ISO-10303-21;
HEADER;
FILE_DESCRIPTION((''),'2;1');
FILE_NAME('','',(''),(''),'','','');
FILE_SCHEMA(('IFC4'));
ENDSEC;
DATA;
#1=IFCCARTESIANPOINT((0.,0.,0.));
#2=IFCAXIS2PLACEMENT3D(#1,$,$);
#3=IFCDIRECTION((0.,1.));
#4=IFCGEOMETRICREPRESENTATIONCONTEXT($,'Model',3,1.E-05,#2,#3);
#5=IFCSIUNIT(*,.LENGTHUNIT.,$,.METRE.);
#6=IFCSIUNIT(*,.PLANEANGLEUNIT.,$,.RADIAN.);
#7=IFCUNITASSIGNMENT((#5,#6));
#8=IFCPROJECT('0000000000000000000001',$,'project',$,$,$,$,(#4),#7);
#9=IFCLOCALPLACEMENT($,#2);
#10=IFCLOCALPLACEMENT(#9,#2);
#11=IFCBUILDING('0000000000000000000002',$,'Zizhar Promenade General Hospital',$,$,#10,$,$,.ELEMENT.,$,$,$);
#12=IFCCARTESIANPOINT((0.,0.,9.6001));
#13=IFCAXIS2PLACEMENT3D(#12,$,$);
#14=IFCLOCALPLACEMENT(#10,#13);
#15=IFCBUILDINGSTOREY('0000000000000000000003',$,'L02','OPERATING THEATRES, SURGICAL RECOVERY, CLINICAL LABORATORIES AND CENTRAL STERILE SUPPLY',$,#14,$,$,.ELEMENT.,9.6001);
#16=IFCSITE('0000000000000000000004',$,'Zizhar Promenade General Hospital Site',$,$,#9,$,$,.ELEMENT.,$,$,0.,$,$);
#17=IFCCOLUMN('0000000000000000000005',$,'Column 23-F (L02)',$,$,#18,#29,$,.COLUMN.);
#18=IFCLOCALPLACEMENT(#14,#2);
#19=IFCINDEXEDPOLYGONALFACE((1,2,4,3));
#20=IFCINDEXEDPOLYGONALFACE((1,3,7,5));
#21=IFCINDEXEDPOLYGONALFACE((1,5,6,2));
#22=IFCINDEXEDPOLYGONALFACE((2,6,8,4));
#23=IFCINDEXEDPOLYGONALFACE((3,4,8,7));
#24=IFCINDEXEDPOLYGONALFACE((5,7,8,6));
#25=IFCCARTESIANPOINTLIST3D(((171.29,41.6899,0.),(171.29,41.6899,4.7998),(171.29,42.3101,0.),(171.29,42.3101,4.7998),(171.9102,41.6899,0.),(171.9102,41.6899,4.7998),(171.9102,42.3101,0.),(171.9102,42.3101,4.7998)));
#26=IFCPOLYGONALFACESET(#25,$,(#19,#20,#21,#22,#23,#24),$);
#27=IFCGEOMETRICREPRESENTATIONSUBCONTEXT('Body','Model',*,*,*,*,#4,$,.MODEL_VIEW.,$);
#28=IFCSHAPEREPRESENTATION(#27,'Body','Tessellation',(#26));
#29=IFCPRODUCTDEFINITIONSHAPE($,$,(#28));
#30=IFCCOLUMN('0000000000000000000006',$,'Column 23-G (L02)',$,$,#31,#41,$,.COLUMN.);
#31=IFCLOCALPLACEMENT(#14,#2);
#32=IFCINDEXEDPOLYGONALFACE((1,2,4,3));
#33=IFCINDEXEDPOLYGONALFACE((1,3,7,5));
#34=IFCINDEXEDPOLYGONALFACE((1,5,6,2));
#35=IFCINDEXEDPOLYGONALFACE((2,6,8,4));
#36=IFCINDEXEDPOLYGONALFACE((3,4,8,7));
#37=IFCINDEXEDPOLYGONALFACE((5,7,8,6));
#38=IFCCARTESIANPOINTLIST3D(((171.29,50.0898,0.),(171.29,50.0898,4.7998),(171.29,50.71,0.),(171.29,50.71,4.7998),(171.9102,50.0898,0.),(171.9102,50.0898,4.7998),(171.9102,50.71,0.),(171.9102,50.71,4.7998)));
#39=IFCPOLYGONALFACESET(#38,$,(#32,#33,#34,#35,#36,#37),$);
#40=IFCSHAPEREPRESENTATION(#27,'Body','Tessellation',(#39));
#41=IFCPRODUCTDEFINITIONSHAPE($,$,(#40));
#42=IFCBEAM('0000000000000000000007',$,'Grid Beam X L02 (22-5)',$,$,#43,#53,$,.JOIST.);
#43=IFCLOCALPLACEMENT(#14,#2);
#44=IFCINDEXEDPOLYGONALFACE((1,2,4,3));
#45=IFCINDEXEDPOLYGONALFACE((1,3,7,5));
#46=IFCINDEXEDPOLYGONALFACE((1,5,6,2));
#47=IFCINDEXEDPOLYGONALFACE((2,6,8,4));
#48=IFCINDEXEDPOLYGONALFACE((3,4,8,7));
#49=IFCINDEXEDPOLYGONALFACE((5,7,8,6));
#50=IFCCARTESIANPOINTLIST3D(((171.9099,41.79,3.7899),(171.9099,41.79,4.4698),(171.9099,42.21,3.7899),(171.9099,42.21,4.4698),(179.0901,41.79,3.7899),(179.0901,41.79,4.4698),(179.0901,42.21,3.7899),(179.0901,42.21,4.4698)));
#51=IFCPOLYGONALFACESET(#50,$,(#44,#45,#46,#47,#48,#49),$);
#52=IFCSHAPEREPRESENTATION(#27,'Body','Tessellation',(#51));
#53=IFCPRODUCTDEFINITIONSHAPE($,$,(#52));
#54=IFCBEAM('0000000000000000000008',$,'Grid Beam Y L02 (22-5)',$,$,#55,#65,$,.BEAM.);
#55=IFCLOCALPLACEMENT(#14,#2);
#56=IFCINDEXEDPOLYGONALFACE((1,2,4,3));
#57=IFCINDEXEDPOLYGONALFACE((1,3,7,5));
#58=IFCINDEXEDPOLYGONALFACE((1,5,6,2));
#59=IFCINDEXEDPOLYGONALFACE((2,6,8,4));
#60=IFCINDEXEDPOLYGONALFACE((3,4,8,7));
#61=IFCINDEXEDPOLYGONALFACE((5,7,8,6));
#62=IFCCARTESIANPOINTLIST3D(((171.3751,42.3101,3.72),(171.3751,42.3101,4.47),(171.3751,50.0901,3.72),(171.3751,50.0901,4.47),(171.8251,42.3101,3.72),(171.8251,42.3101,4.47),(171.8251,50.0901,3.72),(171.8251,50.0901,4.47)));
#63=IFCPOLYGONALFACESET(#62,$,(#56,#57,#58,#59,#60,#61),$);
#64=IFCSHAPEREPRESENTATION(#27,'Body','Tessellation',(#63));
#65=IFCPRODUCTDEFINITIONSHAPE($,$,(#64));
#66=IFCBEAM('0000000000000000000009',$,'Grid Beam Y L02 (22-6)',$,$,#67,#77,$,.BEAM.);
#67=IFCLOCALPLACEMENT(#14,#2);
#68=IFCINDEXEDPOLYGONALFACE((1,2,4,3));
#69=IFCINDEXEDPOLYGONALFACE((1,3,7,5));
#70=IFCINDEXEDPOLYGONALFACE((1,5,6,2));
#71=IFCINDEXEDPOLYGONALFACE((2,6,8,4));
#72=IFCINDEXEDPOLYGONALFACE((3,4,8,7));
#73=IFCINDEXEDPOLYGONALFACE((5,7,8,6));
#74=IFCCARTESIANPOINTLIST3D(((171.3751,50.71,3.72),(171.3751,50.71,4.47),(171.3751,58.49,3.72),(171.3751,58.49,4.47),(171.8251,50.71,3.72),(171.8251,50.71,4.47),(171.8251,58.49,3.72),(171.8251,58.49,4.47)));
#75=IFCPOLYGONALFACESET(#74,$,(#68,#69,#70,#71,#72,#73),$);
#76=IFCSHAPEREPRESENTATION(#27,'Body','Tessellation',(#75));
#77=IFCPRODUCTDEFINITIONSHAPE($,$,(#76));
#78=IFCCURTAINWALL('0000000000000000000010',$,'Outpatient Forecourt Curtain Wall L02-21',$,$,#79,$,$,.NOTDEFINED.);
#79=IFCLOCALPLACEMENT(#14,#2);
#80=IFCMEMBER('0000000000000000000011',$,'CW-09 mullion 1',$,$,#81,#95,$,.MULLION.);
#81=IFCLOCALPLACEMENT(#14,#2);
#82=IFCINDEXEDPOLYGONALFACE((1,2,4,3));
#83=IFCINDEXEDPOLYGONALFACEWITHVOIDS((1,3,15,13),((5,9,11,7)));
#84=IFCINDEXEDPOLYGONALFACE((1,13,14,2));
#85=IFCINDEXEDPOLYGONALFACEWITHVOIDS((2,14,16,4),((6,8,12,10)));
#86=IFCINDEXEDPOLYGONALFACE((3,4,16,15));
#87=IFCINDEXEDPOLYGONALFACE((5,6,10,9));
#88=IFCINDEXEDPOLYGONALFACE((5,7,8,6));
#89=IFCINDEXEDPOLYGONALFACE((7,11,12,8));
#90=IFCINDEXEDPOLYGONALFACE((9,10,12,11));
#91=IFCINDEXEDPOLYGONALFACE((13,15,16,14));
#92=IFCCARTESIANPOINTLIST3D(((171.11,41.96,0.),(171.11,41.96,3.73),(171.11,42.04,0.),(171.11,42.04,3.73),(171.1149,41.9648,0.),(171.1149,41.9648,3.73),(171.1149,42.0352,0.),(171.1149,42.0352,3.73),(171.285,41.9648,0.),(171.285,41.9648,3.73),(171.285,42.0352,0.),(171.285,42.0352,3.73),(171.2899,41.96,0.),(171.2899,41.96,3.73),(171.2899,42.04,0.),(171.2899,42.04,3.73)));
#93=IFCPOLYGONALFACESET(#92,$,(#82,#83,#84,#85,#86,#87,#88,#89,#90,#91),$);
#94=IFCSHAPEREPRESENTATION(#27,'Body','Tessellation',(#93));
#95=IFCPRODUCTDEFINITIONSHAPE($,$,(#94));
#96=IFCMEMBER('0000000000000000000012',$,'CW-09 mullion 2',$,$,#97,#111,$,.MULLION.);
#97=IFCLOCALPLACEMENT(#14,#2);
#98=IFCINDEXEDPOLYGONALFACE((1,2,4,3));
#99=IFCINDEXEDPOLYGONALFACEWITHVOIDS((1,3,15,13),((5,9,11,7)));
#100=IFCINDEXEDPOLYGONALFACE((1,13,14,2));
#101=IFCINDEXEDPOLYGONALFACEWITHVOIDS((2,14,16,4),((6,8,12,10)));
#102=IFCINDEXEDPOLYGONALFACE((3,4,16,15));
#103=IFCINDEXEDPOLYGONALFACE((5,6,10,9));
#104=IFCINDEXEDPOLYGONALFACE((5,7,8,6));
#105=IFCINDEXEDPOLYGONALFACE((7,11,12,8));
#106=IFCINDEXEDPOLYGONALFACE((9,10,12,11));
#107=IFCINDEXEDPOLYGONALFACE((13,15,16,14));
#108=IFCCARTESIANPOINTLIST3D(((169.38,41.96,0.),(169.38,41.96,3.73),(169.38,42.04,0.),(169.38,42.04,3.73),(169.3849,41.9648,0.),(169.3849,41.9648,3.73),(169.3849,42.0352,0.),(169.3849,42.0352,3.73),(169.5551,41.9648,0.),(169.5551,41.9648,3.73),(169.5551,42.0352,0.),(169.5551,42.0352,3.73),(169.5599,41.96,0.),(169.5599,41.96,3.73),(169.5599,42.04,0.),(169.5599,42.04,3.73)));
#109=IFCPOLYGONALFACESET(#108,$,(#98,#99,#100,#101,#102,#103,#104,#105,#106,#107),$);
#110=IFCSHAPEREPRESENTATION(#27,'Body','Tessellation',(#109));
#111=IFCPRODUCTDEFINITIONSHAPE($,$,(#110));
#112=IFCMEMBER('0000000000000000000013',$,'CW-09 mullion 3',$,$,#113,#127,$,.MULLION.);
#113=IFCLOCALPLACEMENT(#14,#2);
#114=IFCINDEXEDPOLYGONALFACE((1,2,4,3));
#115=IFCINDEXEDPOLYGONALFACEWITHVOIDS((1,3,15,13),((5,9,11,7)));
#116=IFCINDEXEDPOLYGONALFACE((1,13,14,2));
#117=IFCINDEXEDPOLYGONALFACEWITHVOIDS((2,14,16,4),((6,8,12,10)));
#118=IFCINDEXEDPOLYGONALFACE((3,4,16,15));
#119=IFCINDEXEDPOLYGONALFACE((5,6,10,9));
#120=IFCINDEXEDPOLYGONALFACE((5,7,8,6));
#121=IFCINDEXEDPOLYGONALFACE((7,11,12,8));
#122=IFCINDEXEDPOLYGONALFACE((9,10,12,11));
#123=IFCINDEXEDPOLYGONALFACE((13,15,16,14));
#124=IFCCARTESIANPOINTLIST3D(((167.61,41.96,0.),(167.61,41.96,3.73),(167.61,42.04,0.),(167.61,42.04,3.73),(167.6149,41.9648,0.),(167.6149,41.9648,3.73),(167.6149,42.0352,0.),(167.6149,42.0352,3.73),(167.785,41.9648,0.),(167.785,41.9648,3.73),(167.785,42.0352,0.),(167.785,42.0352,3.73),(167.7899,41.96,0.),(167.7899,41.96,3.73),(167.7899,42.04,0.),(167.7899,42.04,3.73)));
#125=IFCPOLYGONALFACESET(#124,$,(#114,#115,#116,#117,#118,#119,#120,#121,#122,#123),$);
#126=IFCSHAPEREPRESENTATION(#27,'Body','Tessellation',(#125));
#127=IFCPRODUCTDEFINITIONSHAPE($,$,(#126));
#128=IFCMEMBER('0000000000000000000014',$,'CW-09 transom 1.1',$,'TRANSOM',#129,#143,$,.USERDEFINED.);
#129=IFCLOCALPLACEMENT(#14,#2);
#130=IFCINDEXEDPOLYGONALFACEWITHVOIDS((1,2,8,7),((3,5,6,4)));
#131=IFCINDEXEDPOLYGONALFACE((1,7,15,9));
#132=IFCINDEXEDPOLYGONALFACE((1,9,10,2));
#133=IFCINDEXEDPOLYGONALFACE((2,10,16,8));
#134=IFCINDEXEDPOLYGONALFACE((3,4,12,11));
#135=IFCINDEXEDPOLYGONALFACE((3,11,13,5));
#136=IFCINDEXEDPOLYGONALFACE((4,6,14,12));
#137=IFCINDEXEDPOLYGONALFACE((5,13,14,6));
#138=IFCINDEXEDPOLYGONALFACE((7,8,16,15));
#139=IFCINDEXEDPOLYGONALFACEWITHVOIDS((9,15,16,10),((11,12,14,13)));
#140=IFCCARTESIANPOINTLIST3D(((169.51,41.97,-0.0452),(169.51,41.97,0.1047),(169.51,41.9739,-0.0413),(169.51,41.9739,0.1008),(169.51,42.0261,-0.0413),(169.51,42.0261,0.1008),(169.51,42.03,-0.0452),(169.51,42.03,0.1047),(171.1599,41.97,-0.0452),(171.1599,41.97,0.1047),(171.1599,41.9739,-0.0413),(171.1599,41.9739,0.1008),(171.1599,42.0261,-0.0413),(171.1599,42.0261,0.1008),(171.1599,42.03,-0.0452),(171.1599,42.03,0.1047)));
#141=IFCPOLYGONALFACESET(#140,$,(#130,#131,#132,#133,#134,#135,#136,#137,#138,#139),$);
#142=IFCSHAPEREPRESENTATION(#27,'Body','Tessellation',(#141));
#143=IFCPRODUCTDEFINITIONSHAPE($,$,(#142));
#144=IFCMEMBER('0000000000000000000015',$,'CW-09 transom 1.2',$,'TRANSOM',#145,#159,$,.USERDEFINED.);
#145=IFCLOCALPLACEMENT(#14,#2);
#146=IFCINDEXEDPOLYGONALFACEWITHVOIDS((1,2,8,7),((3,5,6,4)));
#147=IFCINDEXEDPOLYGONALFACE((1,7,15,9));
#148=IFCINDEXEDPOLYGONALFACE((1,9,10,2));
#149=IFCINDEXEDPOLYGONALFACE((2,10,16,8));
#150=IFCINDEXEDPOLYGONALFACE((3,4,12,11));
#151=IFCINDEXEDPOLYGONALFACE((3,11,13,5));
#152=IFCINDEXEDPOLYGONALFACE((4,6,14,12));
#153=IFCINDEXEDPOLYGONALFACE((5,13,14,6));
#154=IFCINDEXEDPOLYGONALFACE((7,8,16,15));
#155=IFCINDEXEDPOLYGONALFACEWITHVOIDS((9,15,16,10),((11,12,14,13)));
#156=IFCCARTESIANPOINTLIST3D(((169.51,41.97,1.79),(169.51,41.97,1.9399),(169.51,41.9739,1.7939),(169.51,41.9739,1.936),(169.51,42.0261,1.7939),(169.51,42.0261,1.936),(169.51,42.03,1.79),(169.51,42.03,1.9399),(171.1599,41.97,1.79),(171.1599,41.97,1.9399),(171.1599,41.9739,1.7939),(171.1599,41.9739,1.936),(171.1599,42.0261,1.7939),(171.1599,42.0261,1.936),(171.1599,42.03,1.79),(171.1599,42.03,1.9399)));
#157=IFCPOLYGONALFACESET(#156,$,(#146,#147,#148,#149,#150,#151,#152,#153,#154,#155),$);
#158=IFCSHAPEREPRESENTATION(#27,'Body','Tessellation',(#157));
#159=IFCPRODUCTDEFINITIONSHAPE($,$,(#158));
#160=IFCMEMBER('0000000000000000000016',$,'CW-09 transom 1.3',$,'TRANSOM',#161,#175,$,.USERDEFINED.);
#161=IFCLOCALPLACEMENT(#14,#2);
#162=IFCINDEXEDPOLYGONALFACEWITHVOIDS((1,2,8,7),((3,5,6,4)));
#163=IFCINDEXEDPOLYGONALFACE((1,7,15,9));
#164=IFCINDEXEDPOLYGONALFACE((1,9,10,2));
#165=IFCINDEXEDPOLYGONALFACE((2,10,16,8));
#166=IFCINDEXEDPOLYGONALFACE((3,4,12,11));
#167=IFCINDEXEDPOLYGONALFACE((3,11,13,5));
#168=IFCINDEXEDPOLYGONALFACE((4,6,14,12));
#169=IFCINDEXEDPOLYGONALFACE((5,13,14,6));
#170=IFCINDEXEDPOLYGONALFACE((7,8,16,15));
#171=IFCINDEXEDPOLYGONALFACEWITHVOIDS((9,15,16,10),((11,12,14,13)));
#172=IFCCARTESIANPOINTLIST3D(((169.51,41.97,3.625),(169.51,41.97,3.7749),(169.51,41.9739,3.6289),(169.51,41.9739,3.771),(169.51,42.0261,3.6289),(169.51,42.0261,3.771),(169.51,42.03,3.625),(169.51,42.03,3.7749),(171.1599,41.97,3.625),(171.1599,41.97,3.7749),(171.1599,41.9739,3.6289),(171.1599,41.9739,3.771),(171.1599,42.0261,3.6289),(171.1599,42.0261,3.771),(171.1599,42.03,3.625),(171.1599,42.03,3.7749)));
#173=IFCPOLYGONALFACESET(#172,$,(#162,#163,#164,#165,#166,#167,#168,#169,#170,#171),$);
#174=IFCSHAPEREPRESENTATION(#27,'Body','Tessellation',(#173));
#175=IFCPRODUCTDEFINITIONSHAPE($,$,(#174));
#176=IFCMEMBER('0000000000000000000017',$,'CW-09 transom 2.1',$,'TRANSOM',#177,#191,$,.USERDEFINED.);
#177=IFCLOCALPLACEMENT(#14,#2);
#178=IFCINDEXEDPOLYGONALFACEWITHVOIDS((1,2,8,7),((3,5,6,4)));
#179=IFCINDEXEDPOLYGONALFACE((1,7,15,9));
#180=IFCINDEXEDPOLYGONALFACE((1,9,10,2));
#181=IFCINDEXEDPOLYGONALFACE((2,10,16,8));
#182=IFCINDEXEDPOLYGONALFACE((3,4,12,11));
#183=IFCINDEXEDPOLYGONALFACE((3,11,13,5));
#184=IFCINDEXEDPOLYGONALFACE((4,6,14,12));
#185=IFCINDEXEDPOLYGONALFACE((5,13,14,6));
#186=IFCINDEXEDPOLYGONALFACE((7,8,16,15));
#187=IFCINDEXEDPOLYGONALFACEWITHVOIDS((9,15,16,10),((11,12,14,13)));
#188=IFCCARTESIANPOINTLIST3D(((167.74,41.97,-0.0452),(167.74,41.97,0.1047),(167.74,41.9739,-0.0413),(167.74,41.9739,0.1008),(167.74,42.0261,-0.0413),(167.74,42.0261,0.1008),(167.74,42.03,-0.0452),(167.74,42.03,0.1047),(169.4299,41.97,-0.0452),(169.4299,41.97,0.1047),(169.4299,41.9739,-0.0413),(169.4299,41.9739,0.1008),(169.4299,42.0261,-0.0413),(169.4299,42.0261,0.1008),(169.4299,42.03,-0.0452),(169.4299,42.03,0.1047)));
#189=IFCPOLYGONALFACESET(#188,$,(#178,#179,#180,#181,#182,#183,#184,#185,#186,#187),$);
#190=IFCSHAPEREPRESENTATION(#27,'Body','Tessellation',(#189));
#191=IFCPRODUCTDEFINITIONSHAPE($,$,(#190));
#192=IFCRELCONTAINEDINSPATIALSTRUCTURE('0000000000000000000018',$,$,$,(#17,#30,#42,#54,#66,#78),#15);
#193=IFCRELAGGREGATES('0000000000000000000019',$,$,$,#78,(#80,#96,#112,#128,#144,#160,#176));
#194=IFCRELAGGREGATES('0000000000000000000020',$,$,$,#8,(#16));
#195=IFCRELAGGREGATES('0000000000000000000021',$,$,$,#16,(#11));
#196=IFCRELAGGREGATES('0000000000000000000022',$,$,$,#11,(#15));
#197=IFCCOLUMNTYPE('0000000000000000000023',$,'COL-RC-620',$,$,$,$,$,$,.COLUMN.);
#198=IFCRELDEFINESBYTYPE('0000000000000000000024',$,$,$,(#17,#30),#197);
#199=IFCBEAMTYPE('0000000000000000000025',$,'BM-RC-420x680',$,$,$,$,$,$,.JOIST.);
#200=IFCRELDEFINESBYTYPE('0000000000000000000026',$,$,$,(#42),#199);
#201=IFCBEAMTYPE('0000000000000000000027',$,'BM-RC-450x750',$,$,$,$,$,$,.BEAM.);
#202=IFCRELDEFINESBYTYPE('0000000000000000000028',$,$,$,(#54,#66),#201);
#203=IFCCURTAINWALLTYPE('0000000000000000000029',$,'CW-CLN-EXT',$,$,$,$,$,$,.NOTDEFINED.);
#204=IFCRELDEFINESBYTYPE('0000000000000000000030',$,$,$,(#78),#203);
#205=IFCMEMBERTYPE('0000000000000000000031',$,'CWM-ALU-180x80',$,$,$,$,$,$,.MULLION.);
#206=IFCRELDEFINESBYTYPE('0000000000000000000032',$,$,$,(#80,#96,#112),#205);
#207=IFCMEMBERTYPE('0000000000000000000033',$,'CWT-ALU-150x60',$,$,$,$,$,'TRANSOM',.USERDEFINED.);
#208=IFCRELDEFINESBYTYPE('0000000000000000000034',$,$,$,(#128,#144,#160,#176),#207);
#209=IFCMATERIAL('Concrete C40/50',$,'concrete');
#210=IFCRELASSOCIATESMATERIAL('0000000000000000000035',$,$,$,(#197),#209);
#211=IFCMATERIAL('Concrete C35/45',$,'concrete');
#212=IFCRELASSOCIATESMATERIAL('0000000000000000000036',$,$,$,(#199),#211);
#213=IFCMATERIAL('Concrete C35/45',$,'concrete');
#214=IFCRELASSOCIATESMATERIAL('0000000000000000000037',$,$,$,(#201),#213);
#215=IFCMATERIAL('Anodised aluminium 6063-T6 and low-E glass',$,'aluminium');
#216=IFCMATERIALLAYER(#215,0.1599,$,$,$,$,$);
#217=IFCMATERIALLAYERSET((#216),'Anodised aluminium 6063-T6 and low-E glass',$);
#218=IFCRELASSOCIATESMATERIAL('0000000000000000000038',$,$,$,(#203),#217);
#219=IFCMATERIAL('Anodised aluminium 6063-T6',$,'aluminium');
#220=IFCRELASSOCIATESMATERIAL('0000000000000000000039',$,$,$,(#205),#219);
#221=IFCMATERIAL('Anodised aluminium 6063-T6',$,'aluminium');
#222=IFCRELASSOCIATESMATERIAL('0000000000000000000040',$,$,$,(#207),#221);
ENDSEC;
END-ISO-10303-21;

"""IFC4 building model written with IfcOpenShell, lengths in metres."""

from ifc_helpers import new_model, si_unit, direction, frame, origin, origin_2d, place, context, subcontext, project, spatial, rectangle, hollow_rectangle, extrude, material, layer, layer_set, material_profile, profile_set, type_object, element, aggregate, save


model = new_model("IFC4")

# Units and contexts
model_context = context("Model", 3, precision=1e-05, world=origin(), true_north=direction((0.0, 1.0)))
body_context = subcontext(model_context, "Body", "Model", "MODEL_VIEW")
ifc_project = project(units=[si_unit("LENGTHUNIT", "METRE"), si_unit("PLANEANGLEUNIT", "RADIAN")], contexts=[model_context])

# Site, building, storey
site_placement = place(None, origin())
site = spatial("IfcSite", under=ifc_project, at=site_placement, Name="Zizhar Promenade General Hospital Site", CompositionType="ELEMENT", RefElevation=0.0)
building_placement = place(site_placement, origin())
building = spatial("IfcBuilding", under=site, at=building_placement, Name="Zizhar Promenade General Hospital", CompositionType="ELEMENT")
storey_placement = place(building_placement, frame((0.0, 0.0, 9.6001)))
storey = spatial("IfcBuildingStorey", under=building, at=storey_placement, Name="L02", Description="OPERATING THEATRES, SURGICAL RECOVERY, CLINICAL LABORATORIES AND CENTRAL STERILE SUPPLY", CompositionType="ELEMENT", Elevation=9.6001)

# Columns
ifc_material_1 = material(Name="Concrete C40/50", Category="concrete")
ifc_material_profile_1 = material_profile(ifc_material_1, rectangle(XDim=0.6201, YDim=0.6201, at=origin_2d()))
ifc_profile_set_1 = profile_set([ifc_material_profile_1], Name="Concrete C40/50")
column_type = type_object("IfcColumnType", Name="COL-RC-620", PredefinedType="COLUMN", material=ifc_profile_set_1)
for number, where, z_axis, x_axis, name in (
    (1, (171.6001, 42.0, 0.0), (0.0, 0.0, 1.0), (1.0, 0.0, 0.0), "Column 23-F (L02)"),
    (2, (171.6001, 50.3999, 0.0), (0.0, 0.0, 1.0), (1.0, 0.0, 0.0), "Column 23-G (L02)"),
):
    element("IfcColumn", number, at=place(storey_placement, frame(where, z_axis=z_axis, x_axis=x_axis)), inside=storey, type_object=column_type, Name=name, PredefinedType="COLUMN", context=body_context, shape_type="SweptSolid", body=[
        extrude(rectangle(XDim=0.6201, YDim=0.6201, at=origin_2d()), origin(), (0.0, 0.0, 1.0), 4.7998),
    ])

# Beams
ifc_material_2 = material(Name="Concrete C35/45", Category="concrete")
ifc_material_profile_2 = material_profile(ifc_material_2, rectangle(XDim=0.4199, YDim=0.6799, at=origin_2d()))
ifc_profile_set_2 = profile_set([ifc_material_profile_2], Name="Concrete C35/45")
beam_type_1 = type_object("IfcBeamType", Name="BM-RC-420x680", PredefinedType="JOIST", material=ifc_profile_set_2)
beam_placement = place(storey_placement, frame((171.9099, 42.0, 4.1299), z_axis=(1.0, 0.0, 0.0), x_axis=(0.0, 1.0, 0.0)))
element("IfcBeam", 3, at=beam_placement, inside=storey, type_object=beam_type_1, Name="Grid Beam X L02 (22-5)", PredefinedType="JOIST", context=body_context, shape_type="SweptSolid", body=[
    extrude(rectangle(XDim=0.4199, YDim=0.6799, at=origin_2d()), origin(), (0.0, 0.0, 1.0), 7.1802),
])
ifc_material_3 = material(Name="Concrete C35/45", Category="concrete")
ifc_material_profile_3 = material_profile(ifc_material_3, rectangle(XDim=0.45, YDim=0.75, at=origin_2d()))
ifc_profile_set_3 = profile_set([ifc_material_profile_3], Name="Concrete C35/45")
beam_type_2 = type_object("IfcBeamType", Name="BM-RC-450x750", PredefinedType="BEAM", material=ifc_profile_set_3)
for number, where, z_axis, x_axis, name in (
    (4, (171.6001, 42.3101, 4.095), (0.0, 1.0, 0.0), (-1.0, 0.0, 0.0), "Grid Beam Y L02 (22-5)"),
    (5, (171.6001, 50.71, 4.095), (0.0, 1.0, 0.0), (-1.0, 0.0, 0.0), "Grid Beam Y L02 (22-6)"),
):
    element("IfcBeam", number, at=place(storey_placement, frame(where, z_axis=z_axis, x_axis=x_axis)), inside=storey, type_object=beam_type_2, Name=name, PredefinedType="BEAM", context=body_context, shape_type="SweptSolid", body=[
        extrude(rectangle(XDim=0.45, YDim=0.75, at=origin_2d()), origin(), (0.0, 0.0, 1.0), 7.78),
    ])

# Curtain wall, members
ifc_material_4 = material(Name="Anodised aluminium 6063-T6 and low-E glass", Category="aluminium")
ifc_layer_1 = layer(ifc_material_4, 0.1599)
ifc_layer_set_1 = layer_set([ifc_layer_1], Name="Anodised aluminium 6063-T6 and low-E glass")
curtain_wall_type = type_object("IfcCurtainWallType", Name="CW-CLN-EXT", PredefinedType="NOTDEFINED", material=ifc_layer_set_1)
curtain_wall_placement = place(storey_placement, origin())
curtain_wall = element("IfcCurtainWall", 6, at=curtain_wall_placement, inside=storey, type_object=curtain_wall_type, Name="Outpatient Forecourt Curtain Wall L02-21", PredefinedType="NOTDEFINED")
ifc_material_5 = material(Name="Anodised aluminium 6063-T6", Category="aluminium")
ifc_material_profile_4 = material_profile(ifc_material_5, hollow_rectangle(XDim=0.0801, YDim=0.1799, WallThickness=0.0049, at=origin_2d()))
ifc_profile_set_4 = profile_set([ifc_material_profile_4], Name="Anodised aluminium 6063-T6")
member_type_1 = type_object("IfcMemberType", Name="CWM-ALU-180x80", PredefinedType="MULLION", material=ifc_profile_set_4)
member_1_placement = place(storey_placement, frame((171.2, 42.0, 0.0), z_axis=(0.0, 0.0, 1.0), x_axis=(0.0, -1.0, 0.0)))
member_1 = element("IfcMember", 7, at=member_1_placement, type_object=member_type_1, Name="CW-09 mullion 1", PredefinedType="MULLION", context=body_context, shape_type="SweptSolid", body=[
    extrude(hollow_rectangle(XDim=0.0801, YDim=0.1799, WallThickness=0.0049, at=origin_2d()), origin(), (0.0, 0.0, 1.0), 3.73),
])
member_2_placement = place(storey_placement, frame((169.47, 42.0, 0.0), z_axis=(0.0, 0.0, 1.0), x_axis=(0.0, -1.0, 0.0)))
member_2 = element("IfcMember", 8, at=member_2_placement, type_object=member_type_1, Name="CW-09 mullion 2", PredefinedType="MULLION", context=body_context, shape_type="SweptSolid", body=[
    extrude(hollow_rectangle(XDim=0.0801, YDim=0.1799, WallThickness=0.0049, at=origin_2d()), origin(), (0.0, 0.0, 1.0), 3.73),
])
member_3_placement = place(storey_placement, frame((167.7, 42.0, 0.0), z_axis=(0.0, 0.0, 1.0), x_axis=(0.0, -1.0, 0.0)))
member_3 = element("IfcMember", 9, at=member_3_placement, type_object=member_type_1, Name="CW-09 mullion 3", PredefinedType="MULLION", context=body_context, shape_type="SweptSolid", body=[
    extrude(hollow_rectangle(XDim=0.0801, YDim=0.1799, WallThickness=0.0049, at=origin_2d()), origin(), (0.0, 0.0, 1.0), 3.73),
])
ifc_material_6 = material(Name="Anodised aluminium 6063-T6", Category="aluminium")
ifc_material_profile_5 = material_profile(ifc_material_6, hollow_rectangle(XDim=0.0601, YDim=0.1499, WallThickness=0.0039, at=origin_2d()))
ifc_profile_set_5 = profile_set([ifc_material_profile_5], Name="Anodised aluminium 6063-T6")
member_type_2 = type_object("IfcMemberType", Name="CWT-ALU-150x60", ElementType="TRANSOM", PredefinedType="USERDEFINED", material=ifc_profile_set_5)
member_4_placement = place(storey_placement, frame((171.1599, 42.0, 0.0298), z_axis=(-1.0, 0.0, 0.0), x_axis=(0.0, -1.0, 0.0)))
member_4 = element("IfcMember", 10, at=member_4_placement, type_object=member_type_2, Name="CW-09 transom 1.1", ObjectType="TRANSOM", PredefinedType="USERDEFINED", context=body_context, shape_type="SweptSolid", body=[
    extrude(hollow_rectangle(XDim=0.0601, YDim=0.1499, WallThickness=0.0039, at=origin_2d()), origin(), (0.0, 0.0, 1.0), 1.6499),
])
member_5_placement = place(storey_placement, frame((171.1599, 42.0, 1.865), z_axis=(-1.0, 0.0, 0.0), x_axis=(0.0, -1.0, 0.0)))
member_5 = element("IfcMember", 11, at=member_5_placement, type_object=member_type_2, Name="CW-09 transom 1.2", ObjectType="TRANSOM", PredefinedType="USERDEFINED", context=body_context, shape_type="SweptSolid", body=[
    extrude(hollow_rectangle(XDim=0.0601, YDim=0.1499, WallThickness=0.0039, at=origin_2d()), origin(), (0.0, 0.0, 1.0), 1.6499),
])
member_6_placement = place(storey_placement, frame((171.1599, 42.0, 3.7), z_axis=(-1.0, 0.0, 0.0), x_axis=(0.0, -1.0, 0.0)))
member_6 = element("IfcMember", 12, at=member_6_placement, type_object=member_type_2, Name="CW-09 transom 1.3", ObjectType="TRANSOM", PredefinedType="USERDEFINED", context=body_context, shape_type="SweptSolid", body=[
    extrude(hollow_rectangle(XDim=0.0601, YDim=0.1499, WallThickness=0.0039, at=origin_2d()), origin(), (0.0, 0.0, 1.0), 1.6499),
])
member_7_placement = place(storey_placement, frame((169.4299, 42.0, 0.0298), z_axis=(-1.0, 0.0, 0.0), x_axis=(0.0, -1.0, 0.0)))
member_7 = element("IfcMember", 13, at=member_7_placement, type_object=member_type_2, Name="CW-09 transom 2.1", ObjectType="TRANSOM", PredefinedType="USERDEFINED", context=body_context, shape_type="SweptSolid", body=[
    extrude(hollow_rectangle(XDim=0.0601, YDim=0.1499, WallThickness=0.0039, at=origin_2d()), origin(), (0.0, 0.0, 1.0), 1.6899),
])
aggregate(curtain_wall, [member_1, member_2, member_3, member_4, member_5, member_6, member_7])

save(model, "model.ifc")
